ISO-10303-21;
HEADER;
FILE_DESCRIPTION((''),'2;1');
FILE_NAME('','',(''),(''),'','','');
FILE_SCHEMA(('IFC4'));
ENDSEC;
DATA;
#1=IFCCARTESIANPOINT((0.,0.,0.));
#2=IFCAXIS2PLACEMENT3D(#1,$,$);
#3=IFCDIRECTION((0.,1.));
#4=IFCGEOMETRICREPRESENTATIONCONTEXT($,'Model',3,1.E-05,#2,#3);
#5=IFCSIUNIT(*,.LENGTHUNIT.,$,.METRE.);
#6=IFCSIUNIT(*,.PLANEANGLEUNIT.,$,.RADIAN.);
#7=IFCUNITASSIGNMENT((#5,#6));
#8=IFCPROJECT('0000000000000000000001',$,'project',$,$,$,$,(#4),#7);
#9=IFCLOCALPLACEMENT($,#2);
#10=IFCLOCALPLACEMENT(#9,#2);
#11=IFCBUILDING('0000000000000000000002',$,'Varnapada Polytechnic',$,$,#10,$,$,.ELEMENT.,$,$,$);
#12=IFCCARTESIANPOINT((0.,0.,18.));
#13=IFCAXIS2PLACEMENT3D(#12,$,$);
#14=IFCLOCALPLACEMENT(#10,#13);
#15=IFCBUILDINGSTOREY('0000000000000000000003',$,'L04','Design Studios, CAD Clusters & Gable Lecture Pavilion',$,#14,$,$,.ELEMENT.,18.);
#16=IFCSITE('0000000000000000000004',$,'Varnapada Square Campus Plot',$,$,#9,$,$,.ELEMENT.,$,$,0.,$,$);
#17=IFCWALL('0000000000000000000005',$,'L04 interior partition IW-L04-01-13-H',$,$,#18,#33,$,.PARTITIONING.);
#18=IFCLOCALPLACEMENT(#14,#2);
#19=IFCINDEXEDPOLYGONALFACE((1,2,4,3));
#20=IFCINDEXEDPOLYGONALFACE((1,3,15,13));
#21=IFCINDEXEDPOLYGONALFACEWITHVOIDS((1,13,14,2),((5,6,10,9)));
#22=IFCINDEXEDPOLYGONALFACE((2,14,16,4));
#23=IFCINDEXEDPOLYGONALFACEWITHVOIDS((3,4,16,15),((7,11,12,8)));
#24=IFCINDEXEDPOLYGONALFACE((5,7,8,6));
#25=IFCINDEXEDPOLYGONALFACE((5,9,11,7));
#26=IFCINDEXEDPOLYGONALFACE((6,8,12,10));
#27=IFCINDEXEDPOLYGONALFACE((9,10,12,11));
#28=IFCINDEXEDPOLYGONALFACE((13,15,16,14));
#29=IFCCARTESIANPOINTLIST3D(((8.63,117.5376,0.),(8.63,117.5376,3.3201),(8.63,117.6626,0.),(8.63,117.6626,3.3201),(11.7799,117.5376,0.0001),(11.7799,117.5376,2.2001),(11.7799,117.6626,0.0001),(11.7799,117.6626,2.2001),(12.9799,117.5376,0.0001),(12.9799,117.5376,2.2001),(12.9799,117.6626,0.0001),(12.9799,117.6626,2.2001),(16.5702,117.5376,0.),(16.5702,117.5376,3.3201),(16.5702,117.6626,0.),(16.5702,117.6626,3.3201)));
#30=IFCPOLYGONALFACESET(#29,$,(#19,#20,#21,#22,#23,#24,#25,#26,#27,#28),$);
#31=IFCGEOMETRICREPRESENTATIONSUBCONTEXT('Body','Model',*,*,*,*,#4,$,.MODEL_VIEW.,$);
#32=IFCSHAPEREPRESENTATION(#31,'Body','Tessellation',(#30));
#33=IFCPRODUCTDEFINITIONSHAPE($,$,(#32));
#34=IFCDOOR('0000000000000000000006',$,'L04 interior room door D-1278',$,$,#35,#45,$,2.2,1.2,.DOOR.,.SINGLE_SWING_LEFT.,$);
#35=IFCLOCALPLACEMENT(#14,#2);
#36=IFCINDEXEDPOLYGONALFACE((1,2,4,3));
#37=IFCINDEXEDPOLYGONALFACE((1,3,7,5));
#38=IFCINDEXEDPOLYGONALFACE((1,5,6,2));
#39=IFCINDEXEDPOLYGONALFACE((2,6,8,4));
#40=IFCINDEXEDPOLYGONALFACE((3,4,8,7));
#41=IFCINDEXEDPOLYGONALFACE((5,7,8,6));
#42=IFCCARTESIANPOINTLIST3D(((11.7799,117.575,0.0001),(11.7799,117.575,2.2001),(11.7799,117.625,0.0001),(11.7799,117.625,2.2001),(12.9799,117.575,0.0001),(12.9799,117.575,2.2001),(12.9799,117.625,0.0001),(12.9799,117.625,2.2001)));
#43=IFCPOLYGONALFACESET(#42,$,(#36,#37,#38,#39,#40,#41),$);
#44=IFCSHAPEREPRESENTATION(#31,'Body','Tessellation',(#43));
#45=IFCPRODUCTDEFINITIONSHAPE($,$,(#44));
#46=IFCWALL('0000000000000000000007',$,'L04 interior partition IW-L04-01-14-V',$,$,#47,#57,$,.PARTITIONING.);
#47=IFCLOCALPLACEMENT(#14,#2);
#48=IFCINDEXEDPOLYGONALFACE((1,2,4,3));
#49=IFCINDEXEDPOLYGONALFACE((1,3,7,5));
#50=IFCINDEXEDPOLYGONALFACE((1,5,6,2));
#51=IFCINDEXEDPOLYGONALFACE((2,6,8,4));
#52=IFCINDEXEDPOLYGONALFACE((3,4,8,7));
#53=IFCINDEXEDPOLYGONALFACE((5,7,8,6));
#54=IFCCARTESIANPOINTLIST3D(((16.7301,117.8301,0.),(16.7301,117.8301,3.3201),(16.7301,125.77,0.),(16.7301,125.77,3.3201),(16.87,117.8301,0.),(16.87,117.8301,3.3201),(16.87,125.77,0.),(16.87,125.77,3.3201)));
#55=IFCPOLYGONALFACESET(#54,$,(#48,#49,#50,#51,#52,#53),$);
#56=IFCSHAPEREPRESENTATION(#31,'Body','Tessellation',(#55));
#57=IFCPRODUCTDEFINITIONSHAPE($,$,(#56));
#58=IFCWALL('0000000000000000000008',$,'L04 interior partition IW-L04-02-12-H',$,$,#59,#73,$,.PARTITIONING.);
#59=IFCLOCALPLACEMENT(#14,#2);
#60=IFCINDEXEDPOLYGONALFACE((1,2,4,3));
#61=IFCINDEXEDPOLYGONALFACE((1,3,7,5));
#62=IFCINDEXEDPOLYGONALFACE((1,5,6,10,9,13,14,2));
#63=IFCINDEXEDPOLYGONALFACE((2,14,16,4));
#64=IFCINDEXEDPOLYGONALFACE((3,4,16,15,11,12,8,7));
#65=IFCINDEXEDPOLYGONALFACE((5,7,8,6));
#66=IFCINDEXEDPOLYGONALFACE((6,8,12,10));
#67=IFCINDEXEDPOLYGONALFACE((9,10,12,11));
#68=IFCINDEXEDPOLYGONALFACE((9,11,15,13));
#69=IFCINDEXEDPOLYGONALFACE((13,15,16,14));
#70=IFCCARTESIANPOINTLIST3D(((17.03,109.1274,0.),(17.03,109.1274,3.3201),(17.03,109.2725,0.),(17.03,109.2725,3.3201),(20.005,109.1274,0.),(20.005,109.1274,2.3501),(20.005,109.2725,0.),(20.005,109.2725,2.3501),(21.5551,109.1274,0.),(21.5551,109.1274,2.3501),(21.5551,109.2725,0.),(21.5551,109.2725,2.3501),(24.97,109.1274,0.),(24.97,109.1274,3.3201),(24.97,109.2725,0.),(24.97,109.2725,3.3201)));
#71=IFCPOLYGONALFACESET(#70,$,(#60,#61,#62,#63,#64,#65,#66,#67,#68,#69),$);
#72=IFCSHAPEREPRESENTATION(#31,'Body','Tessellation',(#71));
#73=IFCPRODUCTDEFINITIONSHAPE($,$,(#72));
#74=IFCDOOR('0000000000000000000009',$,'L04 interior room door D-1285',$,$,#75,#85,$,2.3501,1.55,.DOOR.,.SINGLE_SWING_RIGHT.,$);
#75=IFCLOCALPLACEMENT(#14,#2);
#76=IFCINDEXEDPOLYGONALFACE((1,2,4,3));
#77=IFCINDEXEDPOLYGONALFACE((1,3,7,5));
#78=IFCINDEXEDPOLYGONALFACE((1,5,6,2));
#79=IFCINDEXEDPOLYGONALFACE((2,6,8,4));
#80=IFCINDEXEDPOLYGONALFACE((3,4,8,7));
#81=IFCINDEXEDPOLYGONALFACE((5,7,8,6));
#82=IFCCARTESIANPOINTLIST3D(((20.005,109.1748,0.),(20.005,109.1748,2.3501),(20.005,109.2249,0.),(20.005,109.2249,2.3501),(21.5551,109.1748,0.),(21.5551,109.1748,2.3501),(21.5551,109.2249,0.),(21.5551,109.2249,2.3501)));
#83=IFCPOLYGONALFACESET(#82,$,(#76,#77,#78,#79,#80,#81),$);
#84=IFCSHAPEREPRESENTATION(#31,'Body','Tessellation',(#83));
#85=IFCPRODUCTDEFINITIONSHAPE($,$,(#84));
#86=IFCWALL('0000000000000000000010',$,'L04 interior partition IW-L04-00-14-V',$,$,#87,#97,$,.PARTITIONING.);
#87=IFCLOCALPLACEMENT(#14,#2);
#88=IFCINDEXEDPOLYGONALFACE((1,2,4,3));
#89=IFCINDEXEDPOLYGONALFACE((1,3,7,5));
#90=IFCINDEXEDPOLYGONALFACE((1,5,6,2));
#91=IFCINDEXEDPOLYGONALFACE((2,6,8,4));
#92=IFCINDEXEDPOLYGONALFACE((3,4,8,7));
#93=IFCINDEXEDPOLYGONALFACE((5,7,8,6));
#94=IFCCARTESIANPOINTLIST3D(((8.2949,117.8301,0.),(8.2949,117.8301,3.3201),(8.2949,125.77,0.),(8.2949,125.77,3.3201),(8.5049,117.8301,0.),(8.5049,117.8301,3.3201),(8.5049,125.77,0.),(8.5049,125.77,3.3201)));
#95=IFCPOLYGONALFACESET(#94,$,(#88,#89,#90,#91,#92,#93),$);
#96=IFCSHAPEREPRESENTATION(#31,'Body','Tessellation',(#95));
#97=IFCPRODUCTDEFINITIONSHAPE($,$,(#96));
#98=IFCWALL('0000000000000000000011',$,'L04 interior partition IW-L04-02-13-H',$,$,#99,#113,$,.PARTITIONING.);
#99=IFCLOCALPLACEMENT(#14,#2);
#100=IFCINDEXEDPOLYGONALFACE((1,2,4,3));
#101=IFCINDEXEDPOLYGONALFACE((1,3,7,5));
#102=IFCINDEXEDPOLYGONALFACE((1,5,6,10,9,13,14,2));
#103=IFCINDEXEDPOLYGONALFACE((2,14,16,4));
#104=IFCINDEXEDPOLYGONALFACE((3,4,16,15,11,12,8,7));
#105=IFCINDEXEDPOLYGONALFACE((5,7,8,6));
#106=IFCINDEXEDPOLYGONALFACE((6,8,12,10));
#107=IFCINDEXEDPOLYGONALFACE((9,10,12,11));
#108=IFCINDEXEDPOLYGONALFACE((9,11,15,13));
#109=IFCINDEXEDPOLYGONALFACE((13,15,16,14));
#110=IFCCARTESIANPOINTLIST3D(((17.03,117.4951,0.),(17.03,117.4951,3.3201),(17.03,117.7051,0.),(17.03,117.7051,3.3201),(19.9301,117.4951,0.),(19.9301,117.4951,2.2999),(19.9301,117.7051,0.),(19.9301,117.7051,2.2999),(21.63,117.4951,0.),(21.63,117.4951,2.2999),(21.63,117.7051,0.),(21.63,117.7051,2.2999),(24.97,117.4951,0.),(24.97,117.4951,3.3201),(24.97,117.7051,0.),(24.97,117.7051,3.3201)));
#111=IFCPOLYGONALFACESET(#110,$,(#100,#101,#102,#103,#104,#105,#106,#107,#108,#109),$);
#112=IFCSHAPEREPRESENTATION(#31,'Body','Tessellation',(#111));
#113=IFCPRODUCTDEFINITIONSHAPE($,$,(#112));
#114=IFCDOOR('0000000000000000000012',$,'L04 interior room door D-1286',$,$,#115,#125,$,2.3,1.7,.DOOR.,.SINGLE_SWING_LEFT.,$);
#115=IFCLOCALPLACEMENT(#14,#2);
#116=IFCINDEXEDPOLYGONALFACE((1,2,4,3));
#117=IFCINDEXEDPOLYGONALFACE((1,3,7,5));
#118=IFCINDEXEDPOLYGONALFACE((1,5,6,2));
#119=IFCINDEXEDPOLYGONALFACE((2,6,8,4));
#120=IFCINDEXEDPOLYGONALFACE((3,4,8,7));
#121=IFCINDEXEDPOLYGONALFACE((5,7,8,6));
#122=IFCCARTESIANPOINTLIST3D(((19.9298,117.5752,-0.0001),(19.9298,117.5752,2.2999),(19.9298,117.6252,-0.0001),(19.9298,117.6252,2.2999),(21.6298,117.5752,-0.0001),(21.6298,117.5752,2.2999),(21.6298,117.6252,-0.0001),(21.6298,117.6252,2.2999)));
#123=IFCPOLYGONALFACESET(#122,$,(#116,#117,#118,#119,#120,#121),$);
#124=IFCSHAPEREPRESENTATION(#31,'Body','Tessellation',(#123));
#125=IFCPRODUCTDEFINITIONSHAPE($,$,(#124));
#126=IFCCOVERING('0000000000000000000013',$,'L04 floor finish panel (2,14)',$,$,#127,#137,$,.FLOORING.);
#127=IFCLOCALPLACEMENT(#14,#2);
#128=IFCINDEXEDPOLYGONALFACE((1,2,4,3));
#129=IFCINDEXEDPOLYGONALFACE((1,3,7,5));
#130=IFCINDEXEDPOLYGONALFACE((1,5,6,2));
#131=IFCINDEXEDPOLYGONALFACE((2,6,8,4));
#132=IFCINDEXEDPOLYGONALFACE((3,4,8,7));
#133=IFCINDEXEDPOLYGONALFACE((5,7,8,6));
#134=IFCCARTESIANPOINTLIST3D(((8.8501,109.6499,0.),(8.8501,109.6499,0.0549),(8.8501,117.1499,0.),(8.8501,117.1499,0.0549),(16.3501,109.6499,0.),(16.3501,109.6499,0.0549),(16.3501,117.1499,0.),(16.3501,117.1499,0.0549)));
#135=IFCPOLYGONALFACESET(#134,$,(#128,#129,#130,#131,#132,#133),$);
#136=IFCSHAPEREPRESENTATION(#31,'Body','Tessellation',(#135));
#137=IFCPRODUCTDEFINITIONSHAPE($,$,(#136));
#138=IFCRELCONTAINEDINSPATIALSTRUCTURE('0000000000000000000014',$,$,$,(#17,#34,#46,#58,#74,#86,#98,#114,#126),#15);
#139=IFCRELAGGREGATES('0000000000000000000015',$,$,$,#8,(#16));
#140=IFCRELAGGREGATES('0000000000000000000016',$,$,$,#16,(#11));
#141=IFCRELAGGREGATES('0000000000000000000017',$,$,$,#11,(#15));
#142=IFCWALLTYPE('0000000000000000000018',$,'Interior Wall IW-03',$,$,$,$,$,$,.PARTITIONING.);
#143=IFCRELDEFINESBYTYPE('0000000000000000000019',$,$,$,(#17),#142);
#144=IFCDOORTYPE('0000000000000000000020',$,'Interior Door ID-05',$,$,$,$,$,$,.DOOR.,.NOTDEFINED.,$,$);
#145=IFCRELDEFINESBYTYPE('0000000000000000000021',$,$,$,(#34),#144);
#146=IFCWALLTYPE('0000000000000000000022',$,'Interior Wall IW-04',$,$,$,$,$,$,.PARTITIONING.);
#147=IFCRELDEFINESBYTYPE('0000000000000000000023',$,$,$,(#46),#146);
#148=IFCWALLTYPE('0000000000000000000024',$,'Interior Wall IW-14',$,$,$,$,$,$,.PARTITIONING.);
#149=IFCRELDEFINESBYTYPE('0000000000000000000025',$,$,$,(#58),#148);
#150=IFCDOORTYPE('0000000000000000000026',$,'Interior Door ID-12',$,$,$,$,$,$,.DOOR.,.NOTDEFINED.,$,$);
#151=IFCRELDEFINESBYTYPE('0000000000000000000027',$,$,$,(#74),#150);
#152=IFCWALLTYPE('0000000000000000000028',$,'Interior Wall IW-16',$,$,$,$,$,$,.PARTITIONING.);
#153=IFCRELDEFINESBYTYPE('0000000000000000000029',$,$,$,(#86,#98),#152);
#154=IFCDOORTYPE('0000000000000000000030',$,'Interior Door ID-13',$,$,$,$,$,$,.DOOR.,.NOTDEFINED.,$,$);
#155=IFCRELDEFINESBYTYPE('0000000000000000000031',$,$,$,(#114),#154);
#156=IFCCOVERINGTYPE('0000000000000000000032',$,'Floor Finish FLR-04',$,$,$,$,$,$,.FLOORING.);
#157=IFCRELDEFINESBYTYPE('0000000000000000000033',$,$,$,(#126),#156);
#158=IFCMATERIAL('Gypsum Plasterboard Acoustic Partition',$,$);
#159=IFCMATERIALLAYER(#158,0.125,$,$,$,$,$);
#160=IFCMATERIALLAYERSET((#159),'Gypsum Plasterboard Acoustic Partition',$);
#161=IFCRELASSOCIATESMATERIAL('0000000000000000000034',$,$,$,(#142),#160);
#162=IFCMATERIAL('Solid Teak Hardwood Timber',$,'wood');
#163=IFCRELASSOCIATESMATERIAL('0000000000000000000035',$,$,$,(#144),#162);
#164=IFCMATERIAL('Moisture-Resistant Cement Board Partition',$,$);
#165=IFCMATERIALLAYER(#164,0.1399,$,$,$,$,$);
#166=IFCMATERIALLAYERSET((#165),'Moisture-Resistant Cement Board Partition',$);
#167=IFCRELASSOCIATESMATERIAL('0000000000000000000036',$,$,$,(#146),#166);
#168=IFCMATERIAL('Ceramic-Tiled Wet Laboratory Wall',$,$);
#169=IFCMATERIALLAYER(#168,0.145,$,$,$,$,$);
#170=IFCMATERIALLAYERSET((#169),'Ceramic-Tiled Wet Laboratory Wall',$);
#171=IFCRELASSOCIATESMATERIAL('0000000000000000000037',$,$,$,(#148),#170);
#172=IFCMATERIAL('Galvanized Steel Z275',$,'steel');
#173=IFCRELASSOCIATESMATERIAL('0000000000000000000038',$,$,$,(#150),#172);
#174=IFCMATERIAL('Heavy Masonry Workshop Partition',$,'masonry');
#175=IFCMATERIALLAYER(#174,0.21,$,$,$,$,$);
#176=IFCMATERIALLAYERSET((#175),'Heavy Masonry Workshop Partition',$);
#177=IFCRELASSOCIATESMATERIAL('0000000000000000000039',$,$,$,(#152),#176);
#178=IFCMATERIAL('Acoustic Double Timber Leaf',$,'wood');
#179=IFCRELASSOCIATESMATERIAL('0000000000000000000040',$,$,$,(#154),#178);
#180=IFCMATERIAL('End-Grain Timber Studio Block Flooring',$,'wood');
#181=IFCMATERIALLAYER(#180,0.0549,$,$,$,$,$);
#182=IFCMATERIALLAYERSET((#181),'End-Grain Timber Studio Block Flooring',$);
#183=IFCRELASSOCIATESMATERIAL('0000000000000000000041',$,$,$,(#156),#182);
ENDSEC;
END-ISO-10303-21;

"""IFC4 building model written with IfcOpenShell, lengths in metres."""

from ifc_helpers import new_model, si_unit, direction, frame, frame_2d, origin, origin_2d, place, context, subcontext, project, spatial, rectangle, extrude, material, layer, layer_set, type_object, element, fill, save


model = new_model("IFC4")

# Units and contexts
model_context = context("Model", 3, precision=1e-05, world=origin(), true_north=direction((0.0, 1.0)))
body_context = subcontext(model_context, "Body", "Model", "MODEL_VIEW")
ifc_project = project(units=[si_unit("LENGTHUNIT", "METRE"), si_unit("PLANEANGLEUNIT", "RADIAN")], contexts=[model_context])

# Site, building, storey
site_placement = place(None, origin())
site = spatial("IfcSite", under=ifc_project, at=site_placement, Name="Varnapada Square Campus Plot", CompositionType="ELEMENT", RefElevation=0.0)
building_placement = place(site_placement, origin())
building = spatial("IfcBuilding", under=site, at=building_placement, Name="Varnapada Polytechnic", CompositionType="ELEMENT")
storey_placement = place(building_placement, frame((0.0, 0.0, 18.0)))
storey = spatial("IfcBuildingStorey", under=building, at=storey_placement, Name="L04", Description="Design Studios, CAD Clusters & Gable Lecture Pavilion", CompositionType="ELEMENT", Elevation=18.0)

# Wall, opening, door
ifc_material_1 = material(Name="Acoustic Double Timber Leaf", Category="wood")
ifc_material_2 = material(Name="Gypsum Plasterboard Acoustic Partition")
ifc_layer_1 = layer(ifc_material_2, 0.125)
ifc_layer_set_1 = layer_set([ifc_layer_1], Name="Gypsum Plasterboard Acoustic Partition")
wall_type_1 = type_object("IfcWallType", Name="Interior Wall IW-03", PredefinedType="PARTITIONING", material=ifc_layer_set_1)
wall_1_placement = place(storey_placement, frame((8.6299, 117.6001, 0.0), z_axis=(0.0, 0.0, 1.0), x_axis=(1.0, 0.0, 0.0)))
wall_1 = element("IfcWall", 1, at=wall_1_placement, inside=storey, type_object=wall_type_1, Name="L04 interior partition IW-L04-01-13-H", PredefinedType="PARTITIONING", context=body_context, shape_type="SweptSolid", body=[
    extrude(rectangle(XDim=7.9402, YDim=0.125, at=frame_2d((3.9702, 0.0))), origin(), (0.0, 0.0, 1.0), 3.3201),
])
opening_1_placement = place(wall_1_placement, frame((3.1499, 0.0, 0.0)))
opening_1 = element("IfcOpeningElement", 2, at=opening_1_placement, cuts=wall_1, PredefinedType="OPENING", context=body_context, shape_type="SweptSolid", body=[
    extrude(rectangle(XDim=1.2, YDim=2.2, at=frame_2d((0.6001, 1.1001))), frame((0.0, 0.0725, 0.0), z_axis=(0.0, -1.0, 0.0), x_axis=(1.0, 0.0, 0.0)), (0.0, 0.0, 1.0), 0.145),
])
ifc_material_3 = material(Name="Solid Teak Hardwood Timber", Category="wood")
door_type_1 = type_object("IfcDoorType", Name="Interior Door ID-05", OperationType="NOTDEFINED", PredefinedType="DOOR", material=ifc_material_3)
door_1_placement = place(opening_1_placement, origin())
door_1 = element("IfcDoor", 3, at=door_1_placement, inside=storey, type_object=door_type_1, Name="L04 interior room door D-1278", OperationType="SINGLE_SWING_LEFT", OverallHeight=2.2, OverallWidth=1.2, PredefinedType="DOOR", context=body_context, shape_type="SweptSolid", body=[
    extrude(rectangle(XDim=1.2, YDim=2.2, at=frame_2d((0.6001, 1.1001))), frame((0.0, 0.0249, 0.0), z_axis=(0.0, -1.0, 0.0), x_axis=(1.0, 0.0, 0.0)), (0.0, 0.0, 1.0), 0.05),
])
fill(opening_1, door_1)

# Wall
ifc_material_4 = material(Name="Moisture-Resistant Cement Board Partition")
ifc_layer_2 = layer(ifc_material_4, 0.1399)
ifc_layer_set_2 = layer_set([ifc_layer_2], Name="Moisture-Resistant Cement Board Partition")
wall_type_2 = type_object("IfcWallType", Name="Interior Wall IW-04", PredefinedType="PARTITIONING", material=ifc_layer_set_2)
wall_2_placement = place(storey_placement, frame((16.8, 117.8301, 0.0), z_axis=(0.0, 0.0, 1.0), x_axis=(0.0, 1.0, 0.0)))
element("IfcWall", 4, at=wall_2_placement, inside=storey, type_object=wall_type_2, Name="L04 interior partition IW-L04-01-14-V", PredefinedType="PARTITIONING", context=body_context, shape_type="SweptSolid", body=[
    extrude(rectangle(XDim=7.9399, YDim=0.1399, at=frame_2d((3.97, 0.0))), origin(), (0.0, 0.0, 1.0), 3.3201),
])

# Wall, opening, door
ifc_material_5 = material(Name="Ceramic-Tiled Wet Laboratory Wall")
ifc_layer_3 = layer(ifc_material_5, 0.145)
ifc_layer_set_3 = layer_set([ifc_layer_3], Name="Ceramic-Tiled Wet Laboratory Wall")
wall_type_3 = type_object("IfcWallType", Name="Interior Wall IW-14", PredefinedType="PARTITIONING", material=ifc_layer_set_3)
wall_3_placement = place(storey_placement, frame((17.03, 109.2, 0.0), z_axis=(0.0, 0.0, 1.0), x_axis=(1.0, 0.0, 0.0)))
wall_3 = element("IfcWall", 5, at=wall_3_placement, inside=storey, type_object=wall_type_3, Name="L04 interior partition IW-L04-02-12-H", PredefinedType="PARTITIONING", context=body_context, shape_type="SweptSolid", body=[
    extrude(rectangle(XDim=7.9399, YDim=0.145, at=frame_2d((3.97, 0.0))), origin(), (0.0, 0.0, 1.0), 3.3201),
])
opening_2_placement = place(wall_3_placement, frame((2.9751, 0.0, 0.0)))
opening_2 = element("IfcOpeningElement", 6, at=opening_2_placement, cuts=wall_3, PredefinedType="OPENING", context=body_context, shape_type="SweptSolid", body=[
    extrude(rectangle(XDim=1.55, YDim=2.3501, at=frame_2d((0.7749, 1.175))), frame((0.0, 0.0825, 0.0), z_axis=(0.0, -1.0, 0.0), x_axis=(1.0, 0.0, 0.0)), (0.0, 0.0, 1.0), 0.165),
])
ifc_material_6 = material(Name="Galvanized Steel Z275", Category="steel")
door_type_2 = type_object("IfcDoorType", Name="Interior Door ID-12", OperationType="NOTDEFINED", PredefinedType="DOOR", material=ifc_material_6)
door_2_placement = place(opening_2_placement, origin())
door_2 = element("IfcDoor", 7, at=door_2_placement, inside=storey, type_object=door_type_2, Name="L04 interior room door D-1285", OperationType="SINGLE_SWING_RIGHT", OverallHeight=2.3501, OverallWidth=1.55, PredefinedType="DOOR", context=body_context, shape_type="SweptSolid", body=[
    extrude(rectangle(XDim=1.55, YDim=2.3501, at=frame_2d((0.7749, 1.175))), frame((0.0, 0.0249, 0.0), z_axis=(0.0, -1.0, 0.0), x_axis=(1.0, 0.0, 0.0)), (0.0, 0.0, 1.0), 0.05),
])
fill(opening_2, door_2)

# Wall
ifc_material_7 = material(Name="Heavy Masonry Workshop Partition", Category="masonry")
ifc_layer_4 = layer(ifc_material_7, 0.21)
ifc_layer_set_4 = layer_set([ifc_layer_4], Name="Heavy Masonry Workshop Partition")
wall_type_4 = type_object("IfcWallType", Name="Interior Wall IW-16", PredefinedType="PARTITIONING", material=ifc_layer_set_4)
wall_4_placement = place(storey_placement, frame((8.3999, 117.8301, 0.0), z_axis=(0.0, 0.0, 1.0), x_axis=(0.0, 1.0, 0.0)))
element("IfcWall", 8, at=wall_4_placement, inside=storey, type_object=wall_type_4, Name="L04 interior partition IW-L04-00-14-V", PredefinedType="PARTITIONING", context=body_context, shape_type="SweptSolid", body=[
    extrude(rectangle(XDim=7.9399, YDim=0.21, at=frame_2d((3.97, 0.0))), origin(), (0.0, 0.0, 1.0), 3.3201),
])

# Wall, opening, door
wall_5_placement = place(storey_placement, frame((17.03, 117.6001, 0.0), z_axis=(0.0, 0.0, 1.0), x_axis=(1.0, 0.0, 0.0)))
wall_5 = element("IfcWall", 9, at=wall_5_placement, inside=storey, type_object=wall_type_4, Name="L04 interior partition IW-L04-02-13-H", PredefinedType="PARTITIONING", context=body_context, shape_type="SweptSolid", body=[
    extrude(rectangle(XDim=7.9399, YDim=0.21, at=frame_2d((3.97, 0.0))), origin(), (0.0, 0.0, 1.0), 3.3201),
])
opening_3_placement = place(wall_5_placement, frame((2.8999, 0.0, 0.0)))
opening_3 = element("IfcOpeningElement", 10, at=opening_3_placement, cuts=wall_5, PredefinedType="OPENING", context=body_context, shape_type="SweptSolid", body=[
    extrude(rectangle(XDim=1.7, YDim=2.3, at=frame_2d((0.8501, 1.1499))), frame((0.0, 0.115, 0.0), z_axis=(0.0, -1.0, 0.0), x_axis=(1.0, 0.0, 0.0)), (0.0, 0.0, 1.0), 0.23),
])
door_type_3 = type_object("IfcDoorType", Name="Interior Door ID-13", OperationType="NOTDEFINED", PredefinedType="DOOR", material=ifc_material_1)
door_3_placement = place(opening_3_placement, frame((1.7, 0.0, 0.0), z_axis=(0.0, 0.0, 1.0), x_axis=(-1.0, 0.0, 0.0)))
door_3 = element("IfcDoor", 11, at=door_3_placement, inside=storey, type_object=door_type_3, Name="L04 interior room door D-1286", OperationType="SINGLE_SWING_LEFT", OverallHeight=2.3, OverallWidth=1.7, PredefinedType="DOOR", context=body_context, shape_type="SweptSolid", body=[
    extrude(rectangle(XDim=1.7, YDim=2.3, at=frame_2d((0.8501, 1.1499))), frame((0.0, 0.0249, 0.0), z_axis=(0.0, -1.0, 0.0), x_axis=(1.0, 0.0, 0.0)), (0.0, 0.0, 1.0), 0.05),
])
fill(opening_3, door_3)

# Covering
ifc_material_8 = material(Name="End-Grain Timber Studio Block Flooring", Category="wood")
ifc_layer_5 = layer(ifc_material_8, 0.0549)
ifc_layer_set_5 = layer_set([ifc_layer_5], Name="End-Grain Timber Studio Block Flooring")
covering_type = type_object("IfcCoveringType", Name="Floor Finish FLR-04", PredefinedType="FLOORING", material=ifc_layer_set_5)
covering_placement = place(storey_placement, frame((12.6001, 113.3999, 0.0), z_axis=(0.0, 0.0, 1.0), x_axis=(1.0, 0.0, 0.0)))
element("IfcCovering", 12, at=covering_placement, inside=storey, type_object=covering_type, Name="L04 floor finish panel (2,14)", PredefinedType="FLOORING", context=body_context, shape_type="SweptSolid", body=[
    extrude(rectangle(XDim=7.5, YDim=7.5, at=origin_2d()), origin(), (0.0, 0.0, 1.0), 0.0549),
])

save(model, "model.ifc")
